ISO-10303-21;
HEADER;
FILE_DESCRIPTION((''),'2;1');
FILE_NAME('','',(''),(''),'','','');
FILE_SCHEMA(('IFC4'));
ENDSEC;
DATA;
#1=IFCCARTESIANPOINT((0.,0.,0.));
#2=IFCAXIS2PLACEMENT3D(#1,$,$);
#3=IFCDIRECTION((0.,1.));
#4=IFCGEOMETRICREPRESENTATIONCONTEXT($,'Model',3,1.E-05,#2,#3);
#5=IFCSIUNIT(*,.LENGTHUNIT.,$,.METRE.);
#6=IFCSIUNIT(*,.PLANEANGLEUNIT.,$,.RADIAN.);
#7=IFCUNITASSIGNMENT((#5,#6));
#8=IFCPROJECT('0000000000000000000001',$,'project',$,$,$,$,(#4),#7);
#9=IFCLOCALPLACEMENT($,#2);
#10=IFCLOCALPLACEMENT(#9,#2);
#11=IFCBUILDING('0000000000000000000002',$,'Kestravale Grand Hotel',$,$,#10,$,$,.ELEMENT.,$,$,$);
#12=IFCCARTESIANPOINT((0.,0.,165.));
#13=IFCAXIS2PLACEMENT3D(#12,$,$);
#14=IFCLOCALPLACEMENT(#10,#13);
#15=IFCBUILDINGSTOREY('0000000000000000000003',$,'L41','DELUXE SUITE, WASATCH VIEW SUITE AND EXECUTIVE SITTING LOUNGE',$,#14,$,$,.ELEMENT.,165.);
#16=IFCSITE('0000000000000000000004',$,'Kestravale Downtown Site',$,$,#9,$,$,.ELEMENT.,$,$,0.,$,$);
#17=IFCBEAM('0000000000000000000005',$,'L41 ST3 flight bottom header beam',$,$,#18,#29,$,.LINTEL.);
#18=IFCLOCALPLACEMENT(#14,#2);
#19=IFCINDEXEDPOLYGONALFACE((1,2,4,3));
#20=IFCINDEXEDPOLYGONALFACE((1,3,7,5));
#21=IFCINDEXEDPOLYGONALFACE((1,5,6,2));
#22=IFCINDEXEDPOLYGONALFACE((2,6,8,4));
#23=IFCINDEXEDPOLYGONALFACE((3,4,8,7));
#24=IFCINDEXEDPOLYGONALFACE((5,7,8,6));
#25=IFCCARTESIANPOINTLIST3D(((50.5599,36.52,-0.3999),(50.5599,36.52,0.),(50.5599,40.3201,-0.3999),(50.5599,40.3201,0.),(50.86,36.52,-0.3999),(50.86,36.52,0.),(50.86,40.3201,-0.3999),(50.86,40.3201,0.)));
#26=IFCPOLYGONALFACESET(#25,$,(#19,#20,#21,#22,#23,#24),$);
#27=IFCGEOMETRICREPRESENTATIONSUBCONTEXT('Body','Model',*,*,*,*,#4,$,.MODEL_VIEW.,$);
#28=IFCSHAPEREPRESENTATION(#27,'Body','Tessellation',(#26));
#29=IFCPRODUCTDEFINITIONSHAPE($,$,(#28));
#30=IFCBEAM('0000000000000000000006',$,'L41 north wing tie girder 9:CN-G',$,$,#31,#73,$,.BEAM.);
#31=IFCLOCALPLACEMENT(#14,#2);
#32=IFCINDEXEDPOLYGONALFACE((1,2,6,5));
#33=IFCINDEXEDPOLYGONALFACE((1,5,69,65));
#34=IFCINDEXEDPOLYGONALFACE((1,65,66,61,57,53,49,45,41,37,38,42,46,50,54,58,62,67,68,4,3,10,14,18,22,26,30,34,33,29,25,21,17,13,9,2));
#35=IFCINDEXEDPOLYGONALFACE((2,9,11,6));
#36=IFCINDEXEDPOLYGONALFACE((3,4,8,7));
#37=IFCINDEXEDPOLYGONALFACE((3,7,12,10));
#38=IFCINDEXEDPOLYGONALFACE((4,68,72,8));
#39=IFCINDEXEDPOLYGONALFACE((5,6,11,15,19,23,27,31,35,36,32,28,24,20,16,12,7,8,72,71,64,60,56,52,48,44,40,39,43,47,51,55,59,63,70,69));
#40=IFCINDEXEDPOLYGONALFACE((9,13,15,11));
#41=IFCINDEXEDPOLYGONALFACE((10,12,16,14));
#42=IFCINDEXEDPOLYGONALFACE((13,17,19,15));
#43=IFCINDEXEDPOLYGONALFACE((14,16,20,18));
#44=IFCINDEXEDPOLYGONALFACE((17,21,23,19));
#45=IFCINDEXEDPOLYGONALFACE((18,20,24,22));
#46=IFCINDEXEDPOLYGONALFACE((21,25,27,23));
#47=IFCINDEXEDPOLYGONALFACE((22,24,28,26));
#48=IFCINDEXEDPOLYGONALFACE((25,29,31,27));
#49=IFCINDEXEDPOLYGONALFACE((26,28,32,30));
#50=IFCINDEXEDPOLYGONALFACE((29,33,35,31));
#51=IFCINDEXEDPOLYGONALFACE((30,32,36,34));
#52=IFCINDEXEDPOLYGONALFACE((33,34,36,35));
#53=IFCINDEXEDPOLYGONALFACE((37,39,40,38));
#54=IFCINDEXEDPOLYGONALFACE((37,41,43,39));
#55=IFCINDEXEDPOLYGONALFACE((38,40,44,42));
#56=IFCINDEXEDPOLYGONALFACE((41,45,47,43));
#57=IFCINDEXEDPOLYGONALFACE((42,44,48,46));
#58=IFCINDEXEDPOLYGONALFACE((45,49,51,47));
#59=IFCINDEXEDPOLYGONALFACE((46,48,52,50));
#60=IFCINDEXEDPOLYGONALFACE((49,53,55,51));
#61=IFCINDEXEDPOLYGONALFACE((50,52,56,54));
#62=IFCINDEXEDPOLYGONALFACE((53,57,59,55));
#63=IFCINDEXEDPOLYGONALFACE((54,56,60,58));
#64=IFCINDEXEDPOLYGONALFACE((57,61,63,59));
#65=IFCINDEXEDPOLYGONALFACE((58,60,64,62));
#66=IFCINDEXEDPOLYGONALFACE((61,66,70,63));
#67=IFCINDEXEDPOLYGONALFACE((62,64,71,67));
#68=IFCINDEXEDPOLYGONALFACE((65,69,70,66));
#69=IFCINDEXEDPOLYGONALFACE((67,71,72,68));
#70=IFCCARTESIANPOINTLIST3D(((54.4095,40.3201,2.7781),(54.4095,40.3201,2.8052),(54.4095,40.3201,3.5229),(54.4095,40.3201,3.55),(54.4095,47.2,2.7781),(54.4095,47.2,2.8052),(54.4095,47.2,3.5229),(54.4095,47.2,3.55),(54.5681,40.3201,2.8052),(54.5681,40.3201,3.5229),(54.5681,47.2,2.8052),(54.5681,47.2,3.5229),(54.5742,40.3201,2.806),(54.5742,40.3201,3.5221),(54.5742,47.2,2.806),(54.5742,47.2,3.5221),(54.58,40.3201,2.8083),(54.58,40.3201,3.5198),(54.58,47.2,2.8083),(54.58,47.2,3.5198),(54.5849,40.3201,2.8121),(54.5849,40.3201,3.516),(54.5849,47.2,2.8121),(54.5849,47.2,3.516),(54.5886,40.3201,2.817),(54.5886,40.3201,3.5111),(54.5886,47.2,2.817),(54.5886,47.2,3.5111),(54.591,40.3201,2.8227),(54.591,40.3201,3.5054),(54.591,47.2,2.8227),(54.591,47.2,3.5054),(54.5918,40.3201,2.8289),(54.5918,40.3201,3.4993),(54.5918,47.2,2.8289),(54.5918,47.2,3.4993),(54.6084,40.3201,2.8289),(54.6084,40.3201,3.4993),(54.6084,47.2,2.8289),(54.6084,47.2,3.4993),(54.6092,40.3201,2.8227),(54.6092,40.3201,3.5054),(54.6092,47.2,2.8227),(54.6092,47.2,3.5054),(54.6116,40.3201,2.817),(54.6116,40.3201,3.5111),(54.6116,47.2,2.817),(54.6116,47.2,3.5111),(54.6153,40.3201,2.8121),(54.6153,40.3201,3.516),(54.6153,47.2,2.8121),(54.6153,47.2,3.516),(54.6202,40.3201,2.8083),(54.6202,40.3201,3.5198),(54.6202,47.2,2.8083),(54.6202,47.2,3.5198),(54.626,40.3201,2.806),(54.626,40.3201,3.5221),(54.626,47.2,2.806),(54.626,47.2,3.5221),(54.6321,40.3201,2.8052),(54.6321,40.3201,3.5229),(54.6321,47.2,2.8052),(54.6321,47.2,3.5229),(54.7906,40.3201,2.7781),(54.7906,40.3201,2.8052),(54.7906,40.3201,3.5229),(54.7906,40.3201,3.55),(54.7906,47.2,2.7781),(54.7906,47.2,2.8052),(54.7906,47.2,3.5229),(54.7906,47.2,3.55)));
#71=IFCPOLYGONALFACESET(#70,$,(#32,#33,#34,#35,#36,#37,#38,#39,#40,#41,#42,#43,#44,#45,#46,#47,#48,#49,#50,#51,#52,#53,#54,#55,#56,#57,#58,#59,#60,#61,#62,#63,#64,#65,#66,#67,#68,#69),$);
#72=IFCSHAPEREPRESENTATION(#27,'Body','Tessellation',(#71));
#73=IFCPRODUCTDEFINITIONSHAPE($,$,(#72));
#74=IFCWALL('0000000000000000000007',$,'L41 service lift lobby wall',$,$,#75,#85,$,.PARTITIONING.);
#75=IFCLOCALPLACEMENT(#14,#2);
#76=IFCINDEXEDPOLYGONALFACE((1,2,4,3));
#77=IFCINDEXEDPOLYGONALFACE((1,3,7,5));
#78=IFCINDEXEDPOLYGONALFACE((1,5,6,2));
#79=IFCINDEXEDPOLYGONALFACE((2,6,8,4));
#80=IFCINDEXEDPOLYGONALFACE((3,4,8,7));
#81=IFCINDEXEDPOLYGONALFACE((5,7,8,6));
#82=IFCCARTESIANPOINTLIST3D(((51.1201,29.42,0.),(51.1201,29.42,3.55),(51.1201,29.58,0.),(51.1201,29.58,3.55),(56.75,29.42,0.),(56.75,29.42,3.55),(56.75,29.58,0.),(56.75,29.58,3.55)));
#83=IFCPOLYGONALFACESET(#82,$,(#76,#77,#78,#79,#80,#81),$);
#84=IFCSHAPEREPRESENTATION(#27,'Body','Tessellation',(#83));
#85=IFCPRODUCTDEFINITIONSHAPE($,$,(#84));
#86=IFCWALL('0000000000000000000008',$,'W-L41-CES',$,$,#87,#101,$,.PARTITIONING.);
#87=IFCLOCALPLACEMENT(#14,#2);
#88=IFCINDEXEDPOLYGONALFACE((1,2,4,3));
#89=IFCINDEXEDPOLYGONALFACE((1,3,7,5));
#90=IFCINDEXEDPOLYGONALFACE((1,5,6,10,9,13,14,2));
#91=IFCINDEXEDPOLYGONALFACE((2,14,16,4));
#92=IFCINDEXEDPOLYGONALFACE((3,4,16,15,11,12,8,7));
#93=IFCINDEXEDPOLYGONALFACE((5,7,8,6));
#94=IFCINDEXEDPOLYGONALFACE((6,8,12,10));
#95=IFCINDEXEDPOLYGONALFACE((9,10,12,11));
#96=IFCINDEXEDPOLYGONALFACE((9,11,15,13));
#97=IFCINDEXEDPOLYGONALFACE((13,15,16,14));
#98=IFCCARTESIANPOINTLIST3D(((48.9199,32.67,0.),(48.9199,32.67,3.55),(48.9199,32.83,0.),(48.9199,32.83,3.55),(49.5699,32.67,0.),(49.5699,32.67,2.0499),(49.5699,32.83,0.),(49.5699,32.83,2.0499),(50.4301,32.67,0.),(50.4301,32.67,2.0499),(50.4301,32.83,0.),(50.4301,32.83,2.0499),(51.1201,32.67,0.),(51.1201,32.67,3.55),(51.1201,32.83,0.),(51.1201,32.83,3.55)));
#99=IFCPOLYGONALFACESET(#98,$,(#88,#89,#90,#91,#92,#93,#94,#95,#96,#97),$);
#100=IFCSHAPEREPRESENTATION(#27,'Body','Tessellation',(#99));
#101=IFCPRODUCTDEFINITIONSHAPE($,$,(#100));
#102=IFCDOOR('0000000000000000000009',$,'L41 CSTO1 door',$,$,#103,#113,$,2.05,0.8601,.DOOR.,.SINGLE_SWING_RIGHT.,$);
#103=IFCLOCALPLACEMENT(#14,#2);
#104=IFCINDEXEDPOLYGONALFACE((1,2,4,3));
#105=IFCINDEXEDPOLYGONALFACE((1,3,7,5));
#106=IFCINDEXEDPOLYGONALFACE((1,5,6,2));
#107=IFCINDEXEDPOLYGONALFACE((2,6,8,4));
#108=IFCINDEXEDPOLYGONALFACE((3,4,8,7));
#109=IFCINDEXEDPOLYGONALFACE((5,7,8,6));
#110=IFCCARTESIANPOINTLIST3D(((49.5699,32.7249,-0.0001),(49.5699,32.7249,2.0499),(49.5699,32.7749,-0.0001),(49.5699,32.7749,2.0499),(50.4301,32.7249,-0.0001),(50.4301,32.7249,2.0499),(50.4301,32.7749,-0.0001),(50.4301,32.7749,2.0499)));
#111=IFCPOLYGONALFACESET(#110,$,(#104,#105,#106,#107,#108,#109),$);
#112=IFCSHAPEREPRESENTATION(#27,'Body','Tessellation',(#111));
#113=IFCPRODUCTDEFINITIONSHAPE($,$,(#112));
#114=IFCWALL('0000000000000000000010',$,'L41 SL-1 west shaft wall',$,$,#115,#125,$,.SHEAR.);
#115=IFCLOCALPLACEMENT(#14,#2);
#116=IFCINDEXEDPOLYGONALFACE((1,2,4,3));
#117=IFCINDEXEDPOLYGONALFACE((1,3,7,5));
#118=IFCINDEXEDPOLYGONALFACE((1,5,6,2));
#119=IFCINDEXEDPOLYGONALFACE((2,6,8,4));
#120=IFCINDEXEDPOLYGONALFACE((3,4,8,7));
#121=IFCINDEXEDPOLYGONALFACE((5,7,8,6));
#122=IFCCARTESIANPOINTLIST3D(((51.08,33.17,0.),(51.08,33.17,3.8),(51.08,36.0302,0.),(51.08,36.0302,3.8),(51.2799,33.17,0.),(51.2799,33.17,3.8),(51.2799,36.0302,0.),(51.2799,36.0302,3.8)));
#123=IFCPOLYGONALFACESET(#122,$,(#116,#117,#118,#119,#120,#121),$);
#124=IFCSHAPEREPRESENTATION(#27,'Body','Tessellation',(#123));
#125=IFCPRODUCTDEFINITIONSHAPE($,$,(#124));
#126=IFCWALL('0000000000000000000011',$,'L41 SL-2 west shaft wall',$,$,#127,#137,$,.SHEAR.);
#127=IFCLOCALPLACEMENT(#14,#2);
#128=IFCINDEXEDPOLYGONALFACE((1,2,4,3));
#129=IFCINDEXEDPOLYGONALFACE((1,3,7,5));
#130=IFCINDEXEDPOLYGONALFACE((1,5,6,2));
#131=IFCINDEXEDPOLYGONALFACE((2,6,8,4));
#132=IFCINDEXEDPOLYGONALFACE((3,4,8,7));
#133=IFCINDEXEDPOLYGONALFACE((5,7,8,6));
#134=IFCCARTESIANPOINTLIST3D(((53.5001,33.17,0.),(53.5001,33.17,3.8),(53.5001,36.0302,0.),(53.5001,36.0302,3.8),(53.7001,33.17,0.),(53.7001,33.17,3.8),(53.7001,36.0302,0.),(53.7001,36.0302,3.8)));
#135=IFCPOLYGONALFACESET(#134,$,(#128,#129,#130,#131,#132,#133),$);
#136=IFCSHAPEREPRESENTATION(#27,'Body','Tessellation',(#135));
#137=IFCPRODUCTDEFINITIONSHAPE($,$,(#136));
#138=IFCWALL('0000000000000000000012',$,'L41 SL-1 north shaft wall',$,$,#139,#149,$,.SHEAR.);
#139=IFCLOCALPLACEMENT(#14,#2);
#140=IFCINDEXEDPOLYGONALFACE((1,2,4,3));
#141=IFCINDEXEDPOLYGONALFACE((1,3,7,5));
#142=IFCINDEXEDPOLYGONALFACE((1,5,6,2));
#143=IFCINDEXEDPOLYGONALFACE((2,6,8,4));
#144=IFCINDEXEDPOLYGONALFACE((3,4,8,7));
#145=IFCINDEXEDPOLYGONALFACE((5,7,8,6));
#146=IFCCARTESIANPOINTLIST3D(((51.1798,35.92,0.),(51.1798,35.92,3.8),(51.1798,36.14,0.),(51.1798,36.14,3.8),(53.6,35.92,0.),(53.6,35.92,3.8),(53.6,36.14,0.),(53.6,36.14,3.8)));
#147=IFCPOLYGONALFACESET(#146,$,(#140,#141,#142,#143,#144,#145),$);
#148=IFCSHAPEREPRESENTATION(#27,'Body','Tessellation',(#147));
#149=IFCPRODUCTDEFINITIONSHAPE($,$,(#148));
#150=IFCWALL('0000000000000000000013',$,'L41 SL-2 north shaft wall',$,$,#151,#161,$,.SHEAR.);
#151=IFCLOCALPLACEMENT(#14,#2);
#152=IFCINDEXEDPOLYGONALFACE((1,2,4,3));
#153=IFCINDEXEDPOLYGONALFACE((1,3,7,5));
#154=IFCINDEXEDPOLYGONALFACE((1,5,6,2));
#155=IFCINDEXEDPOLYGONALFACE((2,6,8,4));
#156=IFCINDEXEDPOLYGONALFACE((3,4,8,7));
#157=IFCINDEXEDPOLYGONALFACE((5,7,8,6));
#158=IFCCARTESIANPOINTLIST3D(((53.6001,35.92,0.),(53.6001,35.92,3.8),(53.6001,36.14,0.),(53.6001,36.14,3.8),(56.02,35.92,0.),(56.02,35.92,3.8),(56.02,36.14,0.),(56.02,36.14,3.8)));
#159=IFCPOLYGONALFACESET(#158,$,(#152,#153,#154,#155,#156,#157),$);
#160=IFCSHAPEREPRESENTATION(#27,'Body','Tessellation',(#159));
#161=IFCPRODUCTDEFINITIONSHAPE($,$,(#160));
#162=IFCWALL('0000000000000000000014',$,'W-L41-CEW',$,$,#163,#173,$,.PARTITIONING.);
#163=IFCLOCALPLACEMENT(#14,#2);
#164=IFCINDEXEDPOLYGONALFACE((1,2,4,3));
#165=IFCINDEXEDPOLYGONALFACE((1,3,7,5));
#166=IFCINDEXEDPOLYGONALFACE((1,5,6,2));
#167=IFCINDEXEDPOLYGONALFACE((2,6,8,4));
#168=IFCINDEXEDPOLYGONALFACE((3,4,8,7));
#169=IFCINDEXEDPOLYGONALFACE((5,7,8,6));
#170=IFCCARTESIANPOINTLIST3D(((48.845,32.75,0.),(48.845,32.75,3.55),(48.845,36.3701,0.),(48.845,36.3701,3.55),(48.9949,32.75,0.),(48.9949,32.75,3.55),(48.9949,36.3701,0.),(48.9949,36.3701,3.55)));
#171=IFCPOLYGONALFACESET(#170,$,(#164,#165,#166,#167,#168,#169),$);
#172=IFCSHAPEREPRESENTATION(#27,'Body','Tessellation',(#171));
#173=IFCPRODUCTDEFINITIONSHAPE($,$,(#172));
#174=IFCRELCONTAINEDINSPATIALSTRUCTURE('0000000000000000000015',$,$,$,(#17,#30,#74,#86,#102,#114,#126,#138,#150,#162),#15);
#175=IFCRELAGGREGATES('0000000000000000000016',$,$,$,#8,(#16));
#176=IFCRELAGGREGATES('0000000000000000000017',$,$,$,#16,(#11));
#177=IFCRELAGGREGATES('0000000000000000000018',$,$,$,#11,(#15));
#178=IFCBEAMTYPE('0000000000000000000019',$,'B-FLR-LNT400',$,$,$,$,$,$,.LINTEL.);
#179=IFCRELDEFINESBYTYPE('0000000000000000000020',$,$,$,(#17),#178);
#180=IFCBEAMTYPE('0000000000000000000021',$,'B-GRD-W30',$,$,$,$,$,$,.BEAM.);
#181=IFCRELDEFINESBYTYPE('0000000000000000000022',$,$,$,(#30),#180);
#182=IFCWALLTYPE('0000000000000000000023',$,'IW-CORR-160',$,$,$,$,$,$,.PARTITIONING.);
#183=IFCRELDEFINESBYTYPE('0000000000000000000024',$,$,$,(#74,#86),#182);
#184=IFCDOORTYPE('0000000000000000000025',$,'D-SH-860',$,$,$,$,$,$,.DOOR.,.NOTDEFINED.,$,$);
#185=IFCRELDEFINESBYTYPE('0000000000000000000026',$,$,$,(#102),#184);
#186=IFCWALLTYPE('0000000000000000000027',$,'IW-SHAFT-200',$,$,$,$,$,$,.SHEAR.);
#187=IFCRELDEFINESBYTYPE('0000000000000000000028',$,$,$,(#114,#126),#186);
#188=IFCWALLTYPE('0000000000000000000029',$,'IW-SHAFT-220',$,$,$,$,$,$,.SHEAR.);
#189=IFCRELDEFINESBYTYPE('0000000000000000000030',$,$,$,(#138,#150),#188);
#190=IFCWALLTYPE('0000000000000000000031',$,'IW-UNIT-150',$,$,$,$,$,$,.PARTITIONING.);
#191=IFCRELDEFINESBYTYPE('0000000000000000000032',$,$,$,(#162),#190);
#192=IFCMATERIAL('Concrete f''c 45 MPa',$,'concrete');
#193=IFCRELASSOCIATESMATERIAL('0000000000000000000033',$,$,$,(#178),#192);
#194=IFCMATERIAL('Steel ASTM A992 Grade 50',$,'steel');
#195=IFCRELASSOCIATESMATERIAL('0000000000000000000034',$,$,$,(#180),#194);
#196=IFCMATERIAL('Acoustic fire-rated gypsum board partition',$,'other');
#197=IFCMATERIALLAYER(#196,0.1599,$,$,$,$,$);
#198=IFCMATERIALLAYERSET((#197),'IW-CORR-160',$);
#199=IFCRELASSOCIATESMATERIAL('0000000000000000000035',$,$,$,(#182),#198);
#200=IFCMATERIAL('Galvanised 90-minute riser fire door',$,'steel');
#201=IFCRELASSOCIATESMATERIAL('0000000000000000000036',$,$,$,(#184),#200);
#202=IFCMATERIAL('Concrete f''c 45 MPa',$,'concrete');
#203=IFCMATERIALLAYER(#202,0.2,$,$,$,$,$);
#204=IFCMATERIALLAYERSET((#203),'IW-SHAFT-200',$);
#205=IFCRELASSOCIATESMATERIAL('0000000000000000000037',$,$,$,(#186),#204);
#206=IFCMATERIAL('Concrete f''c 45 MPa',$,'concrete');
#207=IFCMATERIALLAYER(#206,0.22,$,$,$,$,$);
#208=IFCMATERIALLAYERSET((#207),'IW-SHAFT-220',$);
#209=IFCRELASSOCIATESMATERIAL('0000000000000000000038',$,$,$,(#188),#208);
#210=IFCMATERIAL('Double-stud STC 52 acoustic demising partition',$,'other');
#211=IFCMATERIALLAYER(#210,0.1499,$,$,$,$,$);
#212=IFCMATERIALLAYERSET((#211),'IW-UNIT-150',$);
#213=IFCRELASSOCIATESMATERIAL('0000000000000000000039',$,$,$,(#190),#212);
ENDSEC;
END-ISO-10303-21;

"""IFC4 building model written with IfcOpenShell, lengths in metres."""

from ifc_helpers import new_model, si_unit, direction, frame, frame_2d, origin, origin_2d, place, context, subcontext, project, spatial, rectangle, i_section, extrude, material, layer, layer_set, material_profile, profile_set, type_object, element, fill, save


model = new_model("IFC4")

# Units and contexts
model_context = context("Model", 3, precision=1e-05, world=origin(), true_north=direction((0.0, 1.0)))
body_context = subcontext(model_context, "Body", "Model", "MODEL_VIEW")
ifc_project = project(units=[si_unit("LENGTHUNIT", "METRE"), si_unit("PLANEANGLEUNIT", "RADIAN")], contexts=[model_context])

# Site, building, storey
site_placement = place(None, origin())
site = spatial("IfcSite", under=ifc_project, at=site_placement, Name="Kestravale Downtown Site", CompositionType="ELEMENT", RefElevation=0.0)
building_placement = place(site_placement, origin())
building = spatial("IfcBuilding", under=site, at=building_placement, Name="Kestravale Grand Hotel", CompositionType="ELEMENT")
storey_placement = place(building_placement, frame((0.0, 0.0, 165.0)))
storey = spatial("IfcBuildingStorey", under=building, at=storey_placement, Name="L41", Description="DELUXE SUITE, WASATCH VIEW SUITE AND EXECUTIVE SITTING LOUNGE", CompositionType="ELEMENT", Elevation=165.0)

# Beams
ifc_material_1 = material(Name="Concrete f'c 45 MPa", Category="concrete")
ifc_material_profile_1 = material_profile(ifc_material_1, rectangle(XDim=0.3, YDim=0.3999, at=origin_2d()))
ifc_profile_set_1 = profile_set([ifc_material_profile_1], Name="Concrete f'c 45 MPa")
beam_type_1 = type_object("IfcBeamType", Name="B-FLR-LNT400", PredefinedType="LINTEL", material=ifc_profile_set_1)
beam_1_placement = place(storey_placement, frame((50.71, 36.52, -0.2), z_axis=(0.0, 1.0, 0.0), x_axis=(-1.0, 0.0, 0.0)))
element("IfcBeam", 1, at=beam_1_placement, inside=storey, type_object=beam_type_1, Name="L41 ST3 flight bottom header beam", PredefinedType="LINTEL", context=body_context, shape_type="SweptSolid", body=[
    extrude(rectangle(XDim=0.3, YDim=0.3999, at=origin_2d()), origin(), (0.0, 0.0, 1.0), 3.8),
])
ifc_material_2 = material(Name="Steel ASTM A992 Grade 50", Category="steel")
ifc_material_profile_2 = material_profile(ifc_material_2, i_section(OverallWidth=0.3811, OverallDepth=0.772, WebThickness=0.0166, FlangeThickness=0.0271, FilletRadius=0.0237, at=origin_2d()))
ifc_profile_set_2 = profile_set([ifc_material_profile_2], Name="Steel ASTM A992 Grade 50")
beam_type_2 = type_object("IfcBeamType", Name="B-GRD-W30", PredefinedType="BEAM", material=ifc_profile_set_2)
beam_2_placement = place(storey_placement, frame((54.6001, 40.3201, 3.1641), z_axis=(0.0, 1.0, 0.0), x_axis=(-1.0, 0.0, 0.0)))
element("IfcBeam", 2, at=beam_2_placement, inside=storey, type_object=beam_type_2, Name="L41 north wing tie girder 9:CN-G", PredefinedType="BEAM", context=body_context, shape_type="SweptSolid", body=[
    extrude(i_section(OverallWidth=0.3811, OverallDepth=0.772, WebThickness=0.0166, FlangeThickness=0.0271, FilletRadius=0.0237, at=origin_2d()), origin(), (0.0, 0.0, 1.0), 6.8799),
])

# Shared definitions
ifc_material_3 = material(Name="Acoustic fire-rated gypsum board partition", Category="other")
ifc_layer_1 = layer(ifc_material_3, 0.1599)
ifc_layer_set_1 = layer_set([ifc_layer_1], Name="IW-CORR-160")
wall_type_1 = type_object("IfcWallType", Name="IW-CORR-160", PredefinedType="PARTITIONING", material=ifc_layer_set_1)

# Wall
wall_1_placement = place(storey_placement, frame((51.1201, 29.5, 0.0), z_axis=(0.0, 0.0, 1.0), x_axis=(1.0, 0.0, 0.0)))
element("IfcWall", 3, at=wall_1_placement, inside=storey, type_object=wall_type_1, Name="L41 service lift lobby wall", PredefinedType="PARTITIONING", context=body_context, shape_type="SweptSolid", body=[
    extrude(rectangle(XDim=5.6299, YDim=0.1599, at=frame_2d((2.8149, 0.0))), origin(), (0.0, 0.0, 1.0), 3.55),
])

# Wall, opening, door
wall_2_placement = place(storey_placement, frame((48.9199, 32.75, 0.0), z_axis=(0.0, 0.0, 1.0), x_axis=(1.0, 0.0, 0.0)))
wall_2 = element("IfcWall", 4, at=wall_2_placement, inside=storey, type_object=wall_type_1, Name="W-L41-CES", PredefinedType="PARTITIONING", context=body_context, shape_type="SweptSolid", body=[
    extrude(rectangle(XDim=2.2002, YDim=0.1599, at=frame_2d((1.1001, 0.0))), origin(), (0.0, 0.0, 1.0), 3.55),
])
opening_1_placement = place(wall_2_placement, frame((0.6499, 0.0, 0.0)))
opening_1 = element("IfcOpeningElement", 5, at=opening_1_placement, cuts=wall_2, PredefinedType="OPENING", context=body_context, shape_type="SweptSolid", body=[
    extrude(rectangle(XDim=0.8601, YDim=2.05, at=frame_2d((0.4302, 1.0249))), frame((0.0, 0.0898, 0.0), z_axis=(0.0, -1.0, 0.0), x_axis=(1.0, 0.0, 0.0)), (0.0, 0.0, 1.0), 0.1799),
])
ifc_material_4 = material(Name="Galvanised 90-minute riser fire door", Category="steel")
door_type_1 = type_object("IfcDoorType", Name="D-SH-860", OperationType="NOTDEFINED", PredefinedType="DOOR", material=ifc_material_4)
door_1_placement = place(opening_1_placement, origin())
door_1 = element("IfcDoor", 6, at=door_1_placement, inside=storey, type_object=door_type_1, Name="L41 CSTO1 door", OperationType="SINGLE_SWING_RIGHT", OverallHeight=2.05, OverallWidth=0.8601, PredefinedType="DOOR", context=body_context, shape_type="SweptSolid", body=[
    extrude(rectangle(XDim=0.8601, YDim=2.05, at=frame_2d((0.4302, 1.0249))), frame((0.0, 0.0249, 0.0), z_axis=(0.0, -1.0, 0.0), x_axis=(1.0, 0.0, 0.0)), (0.0, 0.0, 1.0), 0.05),
])
fill(opening_1, door_1)

# Walls
ifc_material_5 = material(Name="Concrete f'c 45 MPa", Category="concrete")
ifc_layer_2 = layer(ifc_material_5, 0.2)
ifc_layer_set_2 = layer_set([ifc_layer_2], Name="IW-SHAFT-200")
wall_type_2 = type_object("IfcWallType", Name="IW-SHAFT-200", PredefinedType="SHEAR", material=ifc_layer_set_2)
for number, where, z_axis, x_axis, name in (
    (7, (51.1799, 33.1699, 0.0), (0.0, 0.0, 1.0), (0.0, 1.0, 0.0), "L41 SL-1 west shaft wall"),
    (8, (53.6001, 33.1699, 0.0), (0.0, 0.0, 1.0), (0.0, 1.0, 0.0), "L41 SL-2 west shaft wall"),
):
    element("IfcWall", number, at=place(storey_placement, frame(where, z_axis=z_axis, x_axis=x_axis)), inside=storey, type_object=wall_type_2, Name=name, PredefinedType="SHEAR", context=body_context, shape_type="SweptSolid", body=[
        extrude(rectangle(XDim=2.8601, YDim=0.2, at=frame_2d((1.4302, 0.0))), origin(), (0.0, 0.0, 1.0), 3.8),
    ])
ifc_material_6 = material(Name="Concrete f'c 45 MPa", Category="concrete")
ifc_layer_3 = layer(ifc_material_6, 0.22)
ifc_layer_set_3 = layer_set([ifc_layer_3], Name="IW-SHAFT-220")
wall_type_3 = type_object("IfcWallType", Name="IW-SHAFT-220", PredefinedType="SHEAR", material=ifc_layer_set_3)
wall_3_placement = place(storey_placement, frame((51.1799, 36.03, 0.0), z_axis=(0.0, 0.0, 1.0), x_axis=(1.0, 0.0, 0.0)))
element("IfcWall", 9, at=wall_3_placement, inside=storey, type_object=wall_type_3, Name="L41 SL-1 north shaft wall", PredefinedType="SHEAR", context=body_context, shape_type="SweptSolid", body=[
    extrude(rectangle(XDim=2.4202, YDim=0.22, at=frame_2d((1.21, 0.0))), origin(), (0.0, 0.0, 1.0), 3.8),
])

# Wall
wall_4_placement = place(storey_placement, frame((53.6001, 36.03, 0.0), z_axis=(0.0, 0.0, 1.0), x_axis=(1.0, 0.0, 0.0)))
element("IfcWall", 10, at=wall_4_placement, inside=storey, type_object=wall_type_3, Name="L41 SL-2 north shaft wall", PredefinedType="SHEAR", context=body_context, shape_type="SweptSolid", body=[
    extrude(rectangle(XDim=2.4199, YDim=0.22, at=frame_2d((1.21, 0.0))), origin(), (0.0, 0.0, 1.0), 3.8),
])

# Wall
ifc_material_7 = material(Name="Double-stud STC 52 acoustic demising partition", Category="other")
ifc_layer_4 = layer(ifc_material_7, 0.1499)
ifc_layer_set_4 = layer_set([ifc_layer_4], Name="IW-UNIT-150")
wall_type_4 = type_object("IfcWallType", Name="IW-UNIT-150", PredefinedType="PARTITIONING", material=ifc_layer_set_4)
wall_5_placement = place(storey_placement, frame((48.9199, 32.75, 0.0), z_axis=(0.0, 0.0, 1.0), x_axis=(0.0, 1.0, 0.0)))
element("IfcWall", 11, at=wall_5_placement, inside=storey, type_object=wall_type_4, Name="W-L41-CEW", PredefinedType="PARTITIONING", context=body_context, shape_type="SweptSolid", body=[
    extrude(rectangle(XDim=3.6201, YDim=0.1499, at=frame_2d((1.8101, 0.0))), origin(), (0.0, 0.0, 1.0), 3.55),
])

save(model, "model.ifc")
